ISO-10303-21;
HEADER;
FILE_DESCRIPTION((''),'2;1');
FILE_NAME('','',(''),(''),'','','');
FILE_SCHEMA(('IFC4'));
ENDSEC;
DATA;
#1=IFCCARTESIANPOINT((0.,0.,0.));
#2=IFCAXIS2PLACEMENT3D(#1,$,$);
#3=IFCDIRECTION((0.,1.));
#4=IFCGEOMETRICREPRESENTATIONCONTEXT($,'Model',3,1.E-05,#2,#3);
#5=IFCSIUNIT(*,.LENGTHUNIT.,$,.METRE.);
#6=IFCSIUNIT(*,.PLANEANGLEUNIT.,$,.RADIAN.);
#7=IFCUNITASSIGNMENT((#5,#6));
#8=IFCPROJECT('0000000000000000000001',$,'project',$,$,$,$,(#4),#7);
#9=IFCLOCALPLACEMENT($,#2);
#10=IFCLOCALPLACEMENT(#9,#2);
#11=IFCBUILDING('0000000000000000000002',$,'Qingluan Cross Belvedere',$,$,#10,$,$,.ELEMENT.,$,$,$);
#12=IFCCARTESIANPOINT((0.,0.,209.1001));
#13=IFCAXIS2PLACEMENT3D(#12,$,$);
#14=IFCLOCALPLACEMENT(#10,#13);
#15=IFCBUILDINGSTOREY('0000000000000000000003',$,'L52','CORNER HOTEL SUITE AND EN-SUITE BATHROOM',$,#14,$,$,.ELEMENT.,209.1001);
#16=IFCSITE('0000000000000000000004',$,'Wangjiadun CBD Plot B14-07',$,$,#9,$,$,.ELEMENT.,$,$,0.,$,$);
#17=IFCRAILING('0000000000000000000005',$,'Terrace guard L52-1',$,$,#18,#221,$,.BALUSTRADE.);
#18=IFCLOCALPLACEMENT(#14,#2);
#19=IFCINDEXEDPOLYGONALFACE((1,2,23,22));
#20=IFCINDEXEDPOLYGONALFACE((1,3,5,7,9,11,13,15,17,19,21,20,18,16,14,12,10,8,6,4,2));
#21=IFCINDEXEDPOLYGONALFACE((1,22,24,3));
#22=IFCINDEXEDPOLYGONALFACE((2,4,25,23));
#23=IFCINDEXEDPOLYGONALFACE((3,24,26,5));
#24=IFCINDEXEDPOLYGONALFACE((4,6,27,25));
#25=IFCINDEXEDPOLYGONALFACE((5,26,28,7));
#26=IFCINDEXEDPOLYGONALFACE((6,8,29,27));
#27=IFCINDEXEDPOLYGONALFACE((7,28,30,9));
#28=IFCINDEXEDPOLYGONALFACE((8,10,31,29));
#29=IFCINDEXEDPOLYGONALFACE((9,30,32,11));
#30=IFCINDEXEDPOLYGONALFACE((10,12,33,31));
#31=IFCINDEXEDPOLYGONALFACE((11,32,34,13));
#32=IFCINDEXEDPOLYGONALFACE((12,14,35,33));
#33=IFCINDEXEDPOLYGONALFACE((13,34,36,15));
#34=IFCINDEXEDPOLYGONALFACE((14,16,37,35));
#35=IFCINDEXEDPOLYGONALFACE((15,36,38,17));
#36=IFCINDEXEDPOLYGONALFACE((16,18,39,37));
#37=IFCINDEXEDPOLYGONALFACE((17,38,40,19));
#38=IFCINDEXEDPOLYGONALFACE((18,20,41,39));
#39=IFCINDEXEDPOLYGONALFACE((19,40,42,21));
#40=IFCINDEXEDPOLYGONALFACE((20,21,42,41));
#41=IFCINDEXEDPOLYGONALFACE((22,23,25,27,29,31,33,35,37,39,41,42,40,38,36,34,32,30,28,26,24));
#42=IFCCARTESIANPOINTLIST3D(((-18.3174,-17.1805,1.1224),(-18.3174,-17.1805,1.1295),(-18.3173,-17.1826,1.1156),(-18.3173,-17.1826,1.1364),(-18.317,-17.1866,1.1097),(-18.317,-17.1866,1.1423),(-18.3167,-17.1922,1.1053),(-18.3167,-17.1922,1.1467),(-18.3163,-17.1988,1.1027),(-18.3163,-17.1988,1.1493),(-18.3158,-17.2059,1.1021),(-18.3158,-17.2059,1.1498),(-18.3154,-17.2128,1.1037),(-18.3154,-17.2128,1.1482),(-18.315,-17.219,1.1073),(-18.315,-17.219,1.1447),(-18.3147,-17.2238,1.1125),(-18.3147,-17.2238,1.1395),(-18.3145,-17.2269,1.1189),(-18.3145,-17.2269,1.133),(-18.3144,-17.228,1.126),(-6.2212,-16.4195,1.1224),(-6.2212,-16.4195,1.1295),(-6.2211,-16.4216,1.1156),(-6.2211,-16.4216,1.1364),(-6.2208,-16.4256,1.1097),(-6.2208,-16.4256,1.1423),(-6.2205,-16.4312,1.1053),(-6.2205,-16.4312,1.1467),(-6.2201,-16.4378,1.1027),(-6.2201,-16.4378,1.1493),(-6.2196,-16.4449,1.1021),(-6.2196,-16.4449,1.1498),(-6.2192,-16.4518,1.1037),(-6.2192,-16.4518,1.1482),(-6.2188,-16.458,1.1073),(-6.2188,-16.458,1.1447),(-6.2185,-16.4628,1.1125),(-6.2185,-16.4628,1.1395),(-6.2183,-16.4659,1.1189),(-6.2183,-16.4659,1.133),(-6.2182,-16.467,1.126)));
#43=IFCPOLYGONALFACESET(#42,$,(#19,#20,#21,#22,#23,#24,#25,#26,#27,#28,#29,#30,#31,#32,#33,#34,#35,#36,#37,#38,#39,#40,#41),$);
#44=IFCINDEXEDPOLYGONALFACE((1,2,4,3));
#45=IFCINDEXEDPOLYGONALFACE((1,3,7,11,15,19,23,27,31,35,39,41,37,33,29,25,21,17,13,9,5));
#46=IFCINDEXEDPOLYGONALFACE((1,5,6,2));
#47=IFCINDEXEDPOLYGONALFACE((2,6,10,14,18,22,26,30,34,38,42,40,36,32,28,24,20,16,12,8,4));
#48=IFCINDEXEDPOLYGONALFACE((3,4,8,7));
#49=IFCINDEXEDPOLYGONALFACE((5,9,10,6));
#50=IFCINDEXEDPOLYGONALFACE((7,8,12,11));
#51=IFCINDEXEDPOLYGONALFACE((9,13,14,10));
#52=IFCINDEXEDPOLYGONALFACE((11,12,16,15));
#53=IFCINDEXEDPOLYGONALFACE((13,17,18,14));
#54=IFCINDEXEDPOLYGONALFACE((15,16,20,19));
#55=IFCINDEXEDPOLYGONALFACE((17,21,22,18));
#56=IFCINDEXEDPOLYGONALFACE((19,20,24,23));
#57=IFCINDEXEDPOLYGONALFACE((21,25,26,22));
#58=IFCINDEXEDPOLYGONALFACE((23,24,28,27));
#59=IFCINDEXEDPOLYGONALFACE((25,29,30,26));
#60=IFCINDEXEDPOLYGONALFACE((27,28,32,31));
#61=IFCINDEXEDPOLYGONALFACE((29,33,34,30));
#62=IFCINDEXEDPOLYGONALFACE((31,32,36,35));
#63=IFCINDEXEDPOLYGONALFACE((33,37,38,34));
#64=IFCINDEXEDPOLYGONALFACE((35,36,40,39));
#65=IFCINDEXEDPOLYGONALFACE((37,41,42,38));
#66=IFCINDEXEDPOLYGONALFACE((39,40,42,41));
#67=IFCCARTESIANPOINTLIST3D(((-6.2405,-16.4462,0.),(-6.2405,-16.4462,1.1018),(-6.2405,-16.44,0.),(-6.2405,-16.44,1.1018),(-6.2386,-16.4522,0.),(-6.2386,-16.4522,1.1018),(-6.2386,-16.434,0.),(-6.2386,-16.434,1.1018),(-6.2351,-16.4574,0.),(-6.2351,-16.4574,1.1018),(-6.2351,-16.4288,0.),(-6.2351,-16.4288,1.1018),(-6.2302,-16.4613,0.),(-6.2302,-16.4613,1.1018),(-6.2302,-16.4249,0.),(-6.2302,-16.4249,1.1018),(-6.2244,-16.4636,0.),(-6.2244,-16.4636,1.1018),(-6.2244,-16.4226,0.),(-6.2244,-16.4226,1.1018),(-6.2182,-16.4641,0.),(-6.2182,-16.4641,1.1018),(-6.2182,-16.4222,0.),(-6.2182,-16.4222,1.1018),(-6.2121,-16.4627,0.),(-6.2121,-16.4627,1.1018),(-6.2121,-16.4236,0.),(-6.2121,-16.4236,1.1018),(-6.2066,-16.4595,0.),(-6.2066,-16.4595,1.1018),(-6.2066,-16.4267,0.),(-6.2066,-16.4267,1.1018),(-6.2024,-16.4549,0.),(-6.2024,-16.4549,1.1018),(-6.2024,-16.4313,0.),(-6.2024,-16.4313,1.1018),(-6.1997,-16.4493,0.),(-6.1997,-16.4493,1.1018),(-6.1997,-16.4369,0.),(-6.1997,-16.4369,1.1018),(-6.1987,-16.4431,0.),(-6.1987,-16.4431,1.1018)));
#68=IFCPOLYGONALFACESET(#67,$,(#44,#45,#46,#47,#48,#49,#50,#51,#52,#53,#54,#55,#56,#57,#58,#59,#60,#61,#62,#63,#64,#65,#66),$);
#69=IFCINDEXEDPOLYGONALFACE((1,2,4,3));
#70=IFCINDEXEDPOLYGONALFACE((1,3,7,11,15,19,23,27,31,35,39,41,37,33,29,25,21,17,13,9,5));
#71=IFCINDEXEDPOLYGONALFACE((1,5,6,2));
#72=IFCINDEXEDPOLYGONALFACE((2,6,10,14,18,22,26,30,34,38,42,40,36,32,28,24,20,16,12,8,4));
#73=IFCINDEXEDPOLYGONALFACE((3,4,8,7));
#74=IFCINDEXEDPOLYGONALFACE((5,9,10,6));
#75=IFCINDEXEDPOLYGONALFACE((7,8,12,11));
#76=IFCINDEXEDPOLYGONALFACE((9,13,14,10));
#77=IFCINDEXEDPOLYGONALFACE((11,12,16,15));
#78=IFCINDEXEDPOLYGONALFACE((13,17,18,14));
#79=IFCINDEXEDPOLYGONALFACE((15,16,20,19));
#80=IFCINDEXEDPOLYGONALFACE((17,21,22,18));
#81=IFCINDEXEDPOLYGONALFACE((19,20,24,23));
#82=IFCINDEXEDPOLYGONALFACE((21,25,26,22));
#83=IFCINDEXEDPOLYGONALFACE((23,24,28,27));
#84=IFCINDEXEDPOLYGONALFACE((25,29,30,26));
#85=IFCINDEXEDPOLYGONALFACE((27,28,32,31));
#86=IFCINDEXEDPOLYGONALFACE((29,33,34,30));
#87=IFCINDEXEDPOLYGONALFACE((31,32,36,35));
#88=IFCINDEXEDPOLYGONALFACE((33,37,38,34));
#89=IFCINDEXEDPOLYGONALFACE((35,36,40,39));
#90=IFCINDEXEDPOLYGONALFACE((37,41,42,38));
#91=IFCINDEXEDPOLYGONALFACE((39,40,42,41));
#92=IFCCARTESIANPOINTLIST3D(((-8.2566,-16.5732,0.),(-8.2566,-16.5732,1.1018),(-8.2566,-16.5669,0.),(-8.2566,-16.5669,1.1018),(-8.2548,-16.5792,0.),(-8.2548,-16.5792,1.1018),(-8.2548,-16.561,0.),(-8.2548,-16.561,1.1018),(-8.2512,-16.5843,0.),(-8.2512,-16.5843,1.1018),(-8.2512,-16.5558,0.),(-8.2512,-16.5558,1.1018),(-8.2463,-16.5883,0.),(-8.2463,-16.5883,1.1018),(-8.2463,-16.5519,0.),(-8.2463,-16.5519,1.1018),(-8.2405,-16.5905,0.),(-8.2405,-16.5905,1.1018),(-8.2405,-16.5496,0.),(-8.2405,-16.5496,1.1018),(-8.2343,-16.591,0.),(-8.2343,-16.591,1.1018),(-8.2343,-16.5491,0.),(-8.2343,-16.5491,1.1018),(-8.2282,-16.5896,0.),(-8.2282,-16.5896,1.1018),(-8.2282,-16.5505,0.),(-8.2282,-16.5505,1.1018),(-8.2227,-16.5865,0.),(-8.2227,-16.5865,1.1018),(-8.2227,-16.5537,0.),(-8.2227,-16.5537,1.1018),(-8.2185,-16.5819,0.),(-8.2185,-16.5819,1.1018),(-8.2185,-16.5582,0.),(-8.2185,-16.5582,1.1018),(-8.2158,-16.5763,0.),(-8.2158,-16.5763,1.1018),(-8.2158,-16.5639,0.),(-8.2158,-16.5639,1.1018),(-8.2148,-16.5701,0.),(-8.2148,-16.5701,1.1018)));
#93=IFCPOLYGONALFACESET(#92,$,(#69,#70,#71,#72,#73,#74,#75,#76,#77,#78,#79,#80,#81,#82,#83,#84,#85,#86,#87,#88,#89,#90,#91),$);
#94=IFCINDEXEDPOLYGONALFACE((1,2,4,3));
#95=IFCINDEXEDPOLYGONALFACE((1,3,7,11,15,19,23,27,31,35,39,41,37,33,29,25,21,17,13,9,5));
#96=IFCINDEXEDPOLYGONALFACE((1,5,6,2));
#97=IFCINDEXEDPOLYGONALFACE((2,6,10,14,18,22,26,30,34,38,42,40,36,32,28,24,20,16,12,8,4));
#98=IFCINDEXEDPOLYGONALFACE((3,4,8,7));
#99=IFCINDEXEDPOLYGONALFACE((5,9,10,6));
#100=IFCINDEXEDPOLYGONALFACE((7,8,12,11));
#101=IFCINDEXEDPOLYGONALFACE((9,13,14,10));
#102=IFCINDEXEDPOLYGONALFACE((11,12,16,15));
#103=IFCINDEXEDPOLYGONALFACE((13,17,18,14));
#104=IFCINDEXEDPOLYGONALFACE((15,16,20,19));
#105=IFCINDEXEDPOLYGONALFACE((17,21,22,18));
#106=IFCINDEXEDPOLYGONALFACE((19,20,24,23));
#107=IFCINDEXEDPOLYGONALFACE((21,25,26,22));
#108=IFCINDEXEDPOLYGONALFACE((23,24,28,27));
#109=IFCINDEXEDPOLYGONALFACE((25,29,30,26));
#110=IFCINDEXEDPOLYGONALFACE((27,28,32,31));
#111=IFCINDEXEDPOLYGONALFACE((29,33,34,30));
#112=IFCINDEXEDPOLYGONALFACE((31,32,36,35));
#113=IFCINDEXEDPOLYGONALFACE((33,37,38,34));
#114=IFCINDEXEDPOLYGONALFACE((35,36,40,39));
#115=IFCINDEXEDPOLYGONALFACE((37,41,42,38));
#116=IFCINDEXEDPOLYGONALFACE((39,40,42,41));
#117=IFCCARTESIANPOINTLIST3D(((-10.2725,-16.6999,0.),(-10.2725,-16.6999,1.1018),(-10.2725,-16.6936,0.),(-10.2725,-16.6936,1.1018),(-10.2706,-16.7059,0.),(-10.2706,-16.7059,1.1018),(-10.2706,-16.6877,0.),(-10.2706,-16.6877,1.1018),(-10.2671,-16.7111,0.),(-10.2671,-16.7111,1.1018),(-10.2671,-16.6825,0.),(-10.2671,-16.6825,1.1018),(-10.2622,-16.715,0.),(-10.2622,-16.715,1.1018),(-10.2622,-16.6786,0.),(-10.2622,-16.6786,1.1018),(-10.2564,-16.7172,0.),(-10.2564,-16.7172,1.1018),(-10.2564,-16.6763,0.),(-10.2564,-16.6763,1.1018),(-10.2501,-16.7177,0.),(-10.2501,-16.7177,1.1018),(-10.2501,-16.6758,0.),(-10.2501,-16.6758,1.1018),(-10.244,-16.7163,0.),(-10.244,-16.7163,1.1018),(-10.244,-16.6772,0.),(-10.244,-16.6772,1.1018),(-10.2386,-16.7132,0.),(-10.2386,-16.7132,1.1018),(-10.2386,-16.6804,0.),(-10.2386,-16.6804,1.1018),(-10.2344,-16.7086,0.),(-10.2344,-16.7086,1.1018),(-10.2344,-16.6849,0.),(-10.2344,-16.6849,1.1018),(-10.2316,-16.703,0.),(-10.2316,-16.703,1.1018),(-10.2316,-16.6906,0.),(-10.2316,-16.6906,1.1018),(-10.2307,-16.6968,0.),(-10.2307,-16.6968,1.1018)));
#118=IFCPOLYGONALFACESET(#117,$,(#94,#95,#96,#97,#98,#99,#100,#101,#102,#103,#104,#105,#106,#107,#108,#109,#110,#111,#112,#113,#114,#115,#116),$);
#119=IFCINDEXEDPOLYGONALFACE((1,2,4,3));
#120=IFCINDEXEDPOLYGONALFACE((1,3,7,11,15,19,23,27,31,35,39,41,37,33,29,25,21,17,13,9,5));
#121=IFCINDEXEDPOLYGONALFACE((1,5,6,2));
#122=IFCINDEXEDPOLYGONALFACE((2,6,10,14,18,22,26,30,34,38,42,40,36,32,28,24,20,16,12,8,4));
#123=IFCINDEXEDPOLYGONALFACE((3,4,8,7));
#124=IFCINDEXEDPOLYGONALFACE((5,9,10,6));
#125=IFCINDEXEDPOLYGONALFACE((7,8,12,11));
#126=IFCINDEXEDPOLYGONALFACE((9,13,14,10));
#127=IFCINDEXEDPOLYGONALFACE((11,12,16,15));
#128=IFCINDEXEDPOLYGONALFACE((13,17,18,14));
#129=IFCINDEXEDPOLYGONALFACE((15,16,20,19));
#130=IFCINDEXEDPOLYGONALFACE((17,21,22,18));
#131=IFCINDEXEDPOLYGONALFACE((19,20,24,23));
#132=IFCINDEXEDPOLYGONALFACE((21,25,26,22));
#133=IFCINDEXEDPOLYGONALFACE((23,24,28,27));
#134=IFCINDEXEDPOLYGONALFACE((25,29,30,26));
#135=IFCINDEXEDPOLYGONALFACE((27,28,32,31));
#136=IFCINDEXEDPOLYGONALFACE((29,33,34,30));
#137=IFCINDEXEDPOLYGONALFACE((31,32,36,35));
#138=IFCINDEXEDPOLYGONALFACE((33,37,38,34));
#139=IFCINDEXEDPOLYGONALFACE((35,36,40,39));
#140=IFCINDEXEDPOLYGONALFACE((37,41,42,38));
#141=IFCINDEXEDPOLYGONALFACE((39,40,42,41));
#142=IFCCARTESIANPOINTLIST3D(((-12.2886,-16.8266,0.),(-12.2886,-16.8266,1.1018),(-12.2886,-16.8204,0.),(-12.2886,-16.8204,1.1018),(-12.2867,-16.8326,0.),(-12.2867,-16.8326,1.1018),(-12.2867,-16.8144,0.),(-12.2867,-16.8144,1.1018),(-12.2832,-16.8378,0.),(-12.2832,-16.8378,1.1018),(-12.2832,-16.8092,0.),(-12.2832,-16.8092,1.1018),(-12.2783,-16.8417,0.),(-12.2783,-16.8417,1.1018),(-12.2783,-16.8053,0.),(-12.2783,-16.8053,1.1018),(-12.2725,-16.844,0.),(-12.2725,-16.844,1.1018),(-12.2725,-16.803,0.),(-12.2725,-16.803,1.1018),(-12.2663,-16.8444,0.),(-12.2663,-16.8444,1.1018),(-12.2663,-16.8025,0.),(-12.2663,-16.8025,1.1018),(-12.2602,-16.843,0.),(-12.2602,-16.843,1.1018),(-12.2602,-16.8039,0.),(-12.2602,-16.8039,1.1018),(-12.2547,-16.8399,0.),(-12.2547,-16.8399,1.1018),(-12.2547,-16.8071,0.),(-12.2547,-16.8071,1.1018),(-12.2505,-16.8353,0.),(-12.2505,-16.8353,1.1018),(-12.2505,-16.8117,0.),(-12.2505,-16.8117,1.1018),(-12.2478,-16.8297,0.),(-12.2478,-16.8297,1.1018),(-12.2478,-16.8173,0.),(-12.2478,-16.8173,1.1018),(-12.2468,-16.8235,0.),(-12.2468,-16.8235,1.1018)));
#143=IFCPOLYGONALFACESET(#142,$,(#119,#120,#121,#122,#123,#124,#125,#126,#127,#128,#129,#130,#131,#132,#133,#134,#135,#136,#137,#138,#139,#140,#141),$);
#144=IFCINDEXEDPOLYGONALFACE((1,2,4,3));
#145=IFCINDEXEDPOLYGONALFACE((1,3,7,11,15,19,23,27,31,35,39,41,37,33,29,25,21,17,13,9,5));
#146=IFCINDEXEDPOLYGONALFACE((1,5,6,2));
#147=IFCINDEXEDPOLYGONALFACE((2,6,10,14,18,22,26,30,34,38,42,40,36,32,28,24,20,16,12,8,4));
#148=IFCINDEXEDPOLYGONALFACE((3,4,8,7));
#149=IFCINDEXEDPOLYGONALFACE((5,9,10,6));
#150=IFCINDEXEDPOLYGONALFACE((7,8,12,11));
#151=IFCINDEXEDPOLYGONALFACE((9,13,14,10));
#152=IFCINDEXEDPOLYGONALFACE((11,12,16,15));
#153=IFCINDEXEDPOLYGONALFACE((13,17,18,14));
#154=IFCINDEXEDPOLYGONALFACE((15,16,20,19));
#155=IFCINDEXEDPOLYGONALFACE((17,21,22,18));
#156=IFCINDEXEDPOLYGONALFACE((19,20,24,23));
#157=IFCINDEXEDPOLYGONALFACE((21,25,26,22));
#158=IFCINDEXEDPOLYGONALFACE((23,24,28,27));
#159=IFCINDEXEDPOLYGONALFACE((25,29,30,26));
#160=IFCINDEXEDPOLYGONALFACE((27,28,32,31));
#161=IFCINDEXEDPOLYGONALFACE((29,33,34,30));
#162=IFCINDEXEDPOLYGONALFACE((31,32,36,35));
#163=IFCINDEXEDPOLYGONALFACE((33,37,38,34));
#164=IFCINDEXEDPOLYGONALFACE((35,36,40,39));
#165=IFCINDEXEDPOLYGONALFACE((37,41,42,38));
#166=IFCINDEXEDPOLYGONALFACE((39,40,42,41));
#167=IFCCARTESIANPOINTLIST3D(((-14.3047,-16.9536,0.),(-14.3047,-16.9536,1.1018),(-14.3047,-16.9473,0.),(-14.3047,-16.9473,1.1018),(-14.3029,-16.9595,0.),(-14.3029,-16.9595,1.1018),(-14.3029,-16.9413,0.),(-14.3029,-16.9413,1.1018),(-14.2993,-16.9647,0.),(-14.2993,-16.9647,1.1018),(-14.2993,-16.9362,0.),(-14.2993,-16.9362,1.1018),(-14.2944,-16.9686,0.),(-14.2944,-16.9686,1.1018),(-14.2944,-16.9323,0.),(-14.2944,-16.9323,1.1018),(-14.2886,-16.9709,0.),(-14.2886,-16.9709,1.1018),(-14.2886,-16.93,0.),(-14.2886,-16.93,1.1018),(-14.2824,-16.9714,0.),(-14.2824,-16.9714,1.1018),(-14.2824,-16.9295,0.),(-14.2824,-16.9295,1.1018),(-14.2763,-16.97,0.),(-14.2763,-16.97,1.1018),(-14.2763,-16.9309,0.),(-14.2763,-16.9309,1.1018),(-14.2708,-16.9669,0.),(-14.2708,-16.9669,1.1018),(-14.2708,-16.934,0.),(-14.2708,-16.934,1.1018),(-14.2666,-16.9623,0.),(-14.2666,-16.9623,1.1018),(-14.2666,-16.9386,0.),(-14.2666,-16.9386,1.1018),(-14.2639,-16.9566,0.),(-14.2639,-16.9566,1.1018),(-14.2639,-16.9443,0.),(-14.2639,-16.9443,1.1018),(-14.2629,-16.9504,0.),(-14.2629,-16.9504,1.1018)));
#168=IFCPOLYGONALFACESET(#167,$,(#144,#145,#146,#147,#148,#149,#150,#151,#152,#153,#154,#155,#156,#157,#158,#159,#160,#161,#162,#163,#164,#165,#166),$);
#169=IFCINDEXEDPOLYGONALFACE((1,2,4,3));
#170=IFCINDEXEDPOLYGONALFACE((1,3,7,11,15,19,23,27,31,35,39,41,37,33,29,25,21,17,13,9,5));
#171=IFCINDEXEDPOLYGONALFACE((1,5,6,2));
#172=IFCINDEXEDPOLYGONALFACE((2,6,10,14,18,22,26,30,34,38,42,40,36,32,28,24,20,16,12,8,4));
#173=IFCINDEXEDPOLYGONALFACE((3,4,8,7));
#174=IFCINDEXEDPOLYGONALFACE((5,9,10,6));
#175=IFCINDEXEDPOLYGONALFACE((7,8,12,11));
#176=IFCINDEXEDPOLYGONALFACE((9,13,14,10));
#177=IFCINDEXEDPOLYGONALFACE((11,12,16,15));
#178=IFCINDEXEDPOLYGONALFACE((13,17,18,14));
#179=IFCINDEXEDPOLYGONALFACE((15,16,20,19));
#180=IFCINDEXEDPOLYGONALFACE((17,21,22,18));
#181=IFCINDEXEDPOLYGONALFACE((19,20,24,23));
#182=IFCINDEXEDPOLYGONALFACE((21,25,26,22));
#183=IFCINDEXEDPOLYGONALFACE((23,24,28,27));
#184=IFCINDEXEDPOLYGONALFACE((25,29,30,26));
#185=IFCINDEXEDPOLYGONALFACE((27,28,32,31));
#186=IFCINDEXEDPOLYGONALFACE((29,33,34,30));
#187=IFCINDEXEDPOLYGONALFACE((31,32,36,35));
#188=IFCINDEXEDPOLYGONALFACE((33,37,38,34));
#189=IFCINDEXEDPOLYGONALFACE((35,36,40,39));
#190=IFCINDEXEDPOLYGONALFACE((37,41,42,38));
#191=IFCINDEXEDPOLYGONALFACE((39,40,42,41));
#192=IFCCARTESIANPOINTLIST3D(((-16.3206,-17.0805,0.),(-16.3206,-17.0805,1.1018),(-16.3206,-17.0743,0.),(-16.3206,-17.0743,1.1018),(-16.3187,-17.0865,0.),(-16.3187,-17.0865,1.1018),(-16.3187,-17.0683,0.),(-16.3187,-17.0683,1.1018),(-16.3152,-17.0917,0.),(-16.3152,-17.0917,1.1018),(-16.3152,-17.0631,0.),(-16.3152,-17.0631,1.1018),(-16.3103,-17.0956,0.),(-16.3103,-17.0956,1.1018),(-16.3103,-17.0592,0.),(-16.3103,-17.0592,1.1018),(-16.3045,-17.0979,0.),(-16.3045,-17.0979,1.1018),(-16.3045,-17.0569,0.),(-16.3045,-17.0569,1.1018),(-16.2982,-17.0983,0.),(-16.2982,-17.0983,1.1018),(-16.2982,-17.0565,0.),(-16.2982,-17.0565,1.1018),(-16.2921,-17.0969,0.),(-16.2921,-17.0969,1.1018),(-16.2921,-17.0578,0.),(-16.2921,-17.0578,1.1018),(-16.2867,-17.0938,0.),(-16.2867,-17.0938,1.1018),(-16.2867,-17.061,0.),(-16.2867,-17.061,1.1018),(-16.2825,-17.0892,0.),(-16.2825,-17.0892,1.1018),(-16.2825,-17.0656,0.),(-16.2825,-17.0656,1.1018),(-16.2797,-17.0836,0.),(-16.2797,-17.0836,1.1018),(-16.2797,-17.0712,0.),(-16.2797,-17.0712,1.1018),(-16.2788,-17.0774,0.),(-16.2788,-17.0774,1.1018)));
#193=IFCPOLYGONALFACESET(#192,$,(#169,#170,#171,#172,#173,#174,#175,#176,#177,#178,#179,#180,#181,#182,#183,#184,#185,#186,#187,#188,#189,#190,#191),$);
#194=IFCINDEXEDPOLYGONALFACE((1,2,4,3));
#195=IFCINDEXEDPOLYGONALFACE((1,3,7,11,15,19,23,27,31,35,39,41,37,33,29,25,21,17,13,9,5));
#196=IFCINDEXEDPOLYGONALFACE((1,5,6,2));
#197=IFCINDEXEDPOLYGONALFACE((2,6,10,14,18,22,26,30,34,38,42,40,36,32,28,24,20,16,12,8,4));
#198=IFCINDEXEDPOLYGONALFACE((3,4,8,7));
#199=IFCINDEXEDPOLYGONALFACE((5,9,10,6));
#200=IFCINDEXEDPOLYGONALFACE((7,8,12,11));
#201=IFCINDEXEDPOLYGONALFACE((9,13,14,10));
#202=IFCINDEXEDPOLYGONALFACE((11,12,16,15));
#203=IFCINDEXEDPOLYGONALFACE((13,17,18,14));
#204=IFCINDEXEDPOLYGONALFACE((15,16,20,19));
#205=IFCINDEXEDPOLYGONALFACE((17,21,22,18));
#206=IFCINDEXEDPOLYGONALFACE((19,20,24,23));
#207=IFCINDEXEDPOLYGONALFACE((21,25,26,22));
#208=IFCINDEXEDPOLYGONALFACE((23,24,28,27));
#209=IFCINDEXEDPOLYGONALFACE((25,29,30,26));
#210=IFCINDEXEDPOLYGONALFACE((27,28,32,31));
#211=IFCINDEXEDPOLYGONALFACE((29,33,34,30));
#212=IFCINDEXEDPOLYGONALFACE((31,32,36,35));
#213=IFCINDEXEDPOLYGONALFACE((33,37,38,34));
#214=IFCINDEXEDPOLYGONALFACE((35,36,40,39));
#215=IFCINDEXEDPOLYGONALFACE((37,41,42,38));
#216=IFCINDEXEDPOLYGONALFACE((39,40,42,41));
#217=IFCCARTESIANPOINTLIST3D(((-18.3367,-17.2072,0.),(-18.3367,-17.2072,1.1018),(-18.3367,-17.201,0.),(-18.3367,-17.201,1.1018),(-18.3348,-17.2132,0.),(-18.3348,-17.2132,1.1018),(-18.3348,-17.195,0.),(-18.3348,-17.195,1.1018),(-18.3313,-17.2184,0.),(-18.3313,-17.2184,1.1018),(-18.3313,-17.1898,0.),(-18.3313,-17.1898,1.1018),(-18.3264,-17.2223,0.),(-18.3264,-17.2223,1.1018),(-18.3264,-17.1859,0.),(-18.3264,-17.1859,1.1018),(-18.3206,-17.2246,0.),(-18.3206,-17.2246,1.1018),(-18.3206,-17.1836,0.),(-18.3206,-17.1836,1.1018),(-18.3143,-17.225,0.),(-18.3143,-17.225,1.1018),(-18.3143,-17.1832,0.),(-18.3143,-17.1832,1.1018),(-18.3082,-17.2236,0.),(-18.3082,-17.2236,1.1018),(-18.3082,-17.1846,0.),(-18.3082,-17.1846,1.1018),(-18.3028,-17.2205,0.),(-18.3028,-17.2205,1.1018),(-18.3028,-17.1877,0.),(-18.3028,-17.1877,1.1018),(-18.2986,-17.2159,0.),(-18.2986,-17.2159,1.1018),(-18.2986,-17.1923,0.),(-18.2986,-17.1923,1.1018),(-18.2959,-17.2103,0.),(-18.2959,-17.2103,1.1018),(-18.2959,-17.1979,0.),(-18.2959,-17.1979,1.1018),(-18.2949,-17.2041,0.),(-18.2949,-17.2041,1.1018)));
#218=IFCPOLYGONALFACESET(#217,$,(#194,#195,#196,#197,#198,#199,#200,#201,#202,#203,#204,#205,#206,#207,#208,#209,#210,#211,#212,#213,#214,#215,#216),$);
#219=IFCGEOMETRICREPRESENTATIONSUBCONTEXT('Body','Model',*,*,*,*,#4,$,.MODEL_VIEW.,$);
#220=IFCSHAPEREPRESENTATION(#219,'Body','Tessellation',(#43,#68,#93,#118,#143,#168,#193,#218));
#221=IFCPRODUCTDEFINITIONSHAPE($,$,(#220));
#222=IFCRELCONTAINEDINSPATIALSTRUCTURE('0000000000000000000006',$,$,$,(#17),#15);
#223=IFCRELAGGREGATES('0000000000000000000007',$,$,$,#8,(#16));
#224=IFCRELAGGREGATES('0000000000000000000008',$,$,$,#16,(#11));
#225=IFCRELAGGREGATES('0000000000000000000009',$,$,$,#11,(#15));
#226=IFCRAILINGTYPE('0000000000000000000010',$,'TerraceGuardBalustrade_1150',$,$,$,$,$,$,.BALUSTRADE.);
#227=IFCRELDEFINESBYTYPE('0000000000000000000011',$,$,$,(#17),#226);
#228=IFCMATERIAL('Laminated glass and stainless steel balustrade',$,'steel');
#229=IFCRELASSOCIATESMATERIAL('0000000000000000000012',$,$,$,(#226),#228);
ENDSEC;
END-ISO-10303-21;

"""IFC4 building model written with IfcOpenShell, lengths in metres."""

from ifc_helpers import new_model, si_unit, direction, frame, origin, origin_2d, place, context, subcontext, project, spatial, circle, extrude, material, type_object, element, save


model = new_model("IFC4")

# Units and contexts
model_context = context("Model", 3, precision=1e-05, world=origin(), true_north=direction((0.0, 1.0)))
body_context = subcontext(model_context, "Body", "Model", "MODEL_VIEW")
ifc_project = project(units=[si_unit("LENGTHUNIT", "METRE"), si_unit("PLANEANGLEUNIT", "RADIAN")], contexts=[model_context])

# Site, building, storey
site_placement = place(None, origin())
site = spatial("IfcSite", under=ifc_project, at=site_placement, Name="Wangjiadun CBD Plot B14-07", CompositionType="ELEMENT", RefElevation=0.0)
building_placement = place(site_placement, origin())
building = spatial("IfcBuilding", under=site, at=building_placement, Name="Qingluan Cross Belvedere", CompositionType="ELEMENT")
storey_placement = place(building_placement, frame((0.0, 0.0, 209.1001)))
storey = spatial("IfcBuildingStorey", under=building, at=storey_placement, Name="L52", Description="CORNER HOTEL SUITE AND EN-SUITE BATHROOM", CompositionType="ELEMENT", Elevation=209.1001)

# Railing
ifc_material_1 = material(Name="Laminated glass and stainless steel balustrade", Category="steel")
railing_type = type_object("IfcRailingType", Name="TerraceGuardBalustrade_1150", PredefinedType="BALUSTRADE", material=ifc_material_1)
railing_1_placement = place(storey_placement, frame((-6.2197, -16.4431, 0.0)))
element("IfcRailing", 1, at=railing_1_placement, inside=storey, type_object=railing_type, Name="Terrace guard L52-1", PredefinedType="BALUSTRADE", context=body_context, shape_type="SweptSolid", body=[
    extrude(circle(Radius=0.0239, at=origin_2d()), frame((0.0, 0.0, 1.126), z_axis=(-0.998027, -0.062787, 0.0), x_axis=(0.062787, -0.998027, 0.0)), (0.0, 0.0, 1.0), 12.1201),
    extrude(circle(Radius=0.021, at=origin_2d()), origin(), (0.0, 0.0, 1.0), 1.1018),
    extrude(circle(Radius=0.021, at=origin_2d()), frame((-2.0161, -0.127, 0.0)), (0.0, 0.0, 1.0), 1.1018),
    extrude(circle(Radius=0.021, at=origin_2d()), frame((-4.032, -0.2537, 0.0)), (0.0, 0.0, 1.0), 1.1018),
    extrude(circle(Radius=0.021, at=origin_2d()), frame((-6.0481, -0.3804, 0.0)), (0.0, 0.0, 1.0), 1.1018),
    extrude(circle(Radius=0.021, at=origin_2d()), frame((-8.0642, -0.5073, 0.0)), (0.0, 0.0, 1.0), 1.1018),
    extrude(circle(Radius=0.021, at=origin_2d()), frame((-10.0801, -0.6343, 0.0)), (0.0, 0.0, 1.0), 1.1018),
    extrude(circle(Radius=0.021, at=origin_2d()), frame((-12.0962, -0.761, 0.0)), (0.0, 0.0, 1.0), 1.1018),
])

save(model, "model.ifc")
